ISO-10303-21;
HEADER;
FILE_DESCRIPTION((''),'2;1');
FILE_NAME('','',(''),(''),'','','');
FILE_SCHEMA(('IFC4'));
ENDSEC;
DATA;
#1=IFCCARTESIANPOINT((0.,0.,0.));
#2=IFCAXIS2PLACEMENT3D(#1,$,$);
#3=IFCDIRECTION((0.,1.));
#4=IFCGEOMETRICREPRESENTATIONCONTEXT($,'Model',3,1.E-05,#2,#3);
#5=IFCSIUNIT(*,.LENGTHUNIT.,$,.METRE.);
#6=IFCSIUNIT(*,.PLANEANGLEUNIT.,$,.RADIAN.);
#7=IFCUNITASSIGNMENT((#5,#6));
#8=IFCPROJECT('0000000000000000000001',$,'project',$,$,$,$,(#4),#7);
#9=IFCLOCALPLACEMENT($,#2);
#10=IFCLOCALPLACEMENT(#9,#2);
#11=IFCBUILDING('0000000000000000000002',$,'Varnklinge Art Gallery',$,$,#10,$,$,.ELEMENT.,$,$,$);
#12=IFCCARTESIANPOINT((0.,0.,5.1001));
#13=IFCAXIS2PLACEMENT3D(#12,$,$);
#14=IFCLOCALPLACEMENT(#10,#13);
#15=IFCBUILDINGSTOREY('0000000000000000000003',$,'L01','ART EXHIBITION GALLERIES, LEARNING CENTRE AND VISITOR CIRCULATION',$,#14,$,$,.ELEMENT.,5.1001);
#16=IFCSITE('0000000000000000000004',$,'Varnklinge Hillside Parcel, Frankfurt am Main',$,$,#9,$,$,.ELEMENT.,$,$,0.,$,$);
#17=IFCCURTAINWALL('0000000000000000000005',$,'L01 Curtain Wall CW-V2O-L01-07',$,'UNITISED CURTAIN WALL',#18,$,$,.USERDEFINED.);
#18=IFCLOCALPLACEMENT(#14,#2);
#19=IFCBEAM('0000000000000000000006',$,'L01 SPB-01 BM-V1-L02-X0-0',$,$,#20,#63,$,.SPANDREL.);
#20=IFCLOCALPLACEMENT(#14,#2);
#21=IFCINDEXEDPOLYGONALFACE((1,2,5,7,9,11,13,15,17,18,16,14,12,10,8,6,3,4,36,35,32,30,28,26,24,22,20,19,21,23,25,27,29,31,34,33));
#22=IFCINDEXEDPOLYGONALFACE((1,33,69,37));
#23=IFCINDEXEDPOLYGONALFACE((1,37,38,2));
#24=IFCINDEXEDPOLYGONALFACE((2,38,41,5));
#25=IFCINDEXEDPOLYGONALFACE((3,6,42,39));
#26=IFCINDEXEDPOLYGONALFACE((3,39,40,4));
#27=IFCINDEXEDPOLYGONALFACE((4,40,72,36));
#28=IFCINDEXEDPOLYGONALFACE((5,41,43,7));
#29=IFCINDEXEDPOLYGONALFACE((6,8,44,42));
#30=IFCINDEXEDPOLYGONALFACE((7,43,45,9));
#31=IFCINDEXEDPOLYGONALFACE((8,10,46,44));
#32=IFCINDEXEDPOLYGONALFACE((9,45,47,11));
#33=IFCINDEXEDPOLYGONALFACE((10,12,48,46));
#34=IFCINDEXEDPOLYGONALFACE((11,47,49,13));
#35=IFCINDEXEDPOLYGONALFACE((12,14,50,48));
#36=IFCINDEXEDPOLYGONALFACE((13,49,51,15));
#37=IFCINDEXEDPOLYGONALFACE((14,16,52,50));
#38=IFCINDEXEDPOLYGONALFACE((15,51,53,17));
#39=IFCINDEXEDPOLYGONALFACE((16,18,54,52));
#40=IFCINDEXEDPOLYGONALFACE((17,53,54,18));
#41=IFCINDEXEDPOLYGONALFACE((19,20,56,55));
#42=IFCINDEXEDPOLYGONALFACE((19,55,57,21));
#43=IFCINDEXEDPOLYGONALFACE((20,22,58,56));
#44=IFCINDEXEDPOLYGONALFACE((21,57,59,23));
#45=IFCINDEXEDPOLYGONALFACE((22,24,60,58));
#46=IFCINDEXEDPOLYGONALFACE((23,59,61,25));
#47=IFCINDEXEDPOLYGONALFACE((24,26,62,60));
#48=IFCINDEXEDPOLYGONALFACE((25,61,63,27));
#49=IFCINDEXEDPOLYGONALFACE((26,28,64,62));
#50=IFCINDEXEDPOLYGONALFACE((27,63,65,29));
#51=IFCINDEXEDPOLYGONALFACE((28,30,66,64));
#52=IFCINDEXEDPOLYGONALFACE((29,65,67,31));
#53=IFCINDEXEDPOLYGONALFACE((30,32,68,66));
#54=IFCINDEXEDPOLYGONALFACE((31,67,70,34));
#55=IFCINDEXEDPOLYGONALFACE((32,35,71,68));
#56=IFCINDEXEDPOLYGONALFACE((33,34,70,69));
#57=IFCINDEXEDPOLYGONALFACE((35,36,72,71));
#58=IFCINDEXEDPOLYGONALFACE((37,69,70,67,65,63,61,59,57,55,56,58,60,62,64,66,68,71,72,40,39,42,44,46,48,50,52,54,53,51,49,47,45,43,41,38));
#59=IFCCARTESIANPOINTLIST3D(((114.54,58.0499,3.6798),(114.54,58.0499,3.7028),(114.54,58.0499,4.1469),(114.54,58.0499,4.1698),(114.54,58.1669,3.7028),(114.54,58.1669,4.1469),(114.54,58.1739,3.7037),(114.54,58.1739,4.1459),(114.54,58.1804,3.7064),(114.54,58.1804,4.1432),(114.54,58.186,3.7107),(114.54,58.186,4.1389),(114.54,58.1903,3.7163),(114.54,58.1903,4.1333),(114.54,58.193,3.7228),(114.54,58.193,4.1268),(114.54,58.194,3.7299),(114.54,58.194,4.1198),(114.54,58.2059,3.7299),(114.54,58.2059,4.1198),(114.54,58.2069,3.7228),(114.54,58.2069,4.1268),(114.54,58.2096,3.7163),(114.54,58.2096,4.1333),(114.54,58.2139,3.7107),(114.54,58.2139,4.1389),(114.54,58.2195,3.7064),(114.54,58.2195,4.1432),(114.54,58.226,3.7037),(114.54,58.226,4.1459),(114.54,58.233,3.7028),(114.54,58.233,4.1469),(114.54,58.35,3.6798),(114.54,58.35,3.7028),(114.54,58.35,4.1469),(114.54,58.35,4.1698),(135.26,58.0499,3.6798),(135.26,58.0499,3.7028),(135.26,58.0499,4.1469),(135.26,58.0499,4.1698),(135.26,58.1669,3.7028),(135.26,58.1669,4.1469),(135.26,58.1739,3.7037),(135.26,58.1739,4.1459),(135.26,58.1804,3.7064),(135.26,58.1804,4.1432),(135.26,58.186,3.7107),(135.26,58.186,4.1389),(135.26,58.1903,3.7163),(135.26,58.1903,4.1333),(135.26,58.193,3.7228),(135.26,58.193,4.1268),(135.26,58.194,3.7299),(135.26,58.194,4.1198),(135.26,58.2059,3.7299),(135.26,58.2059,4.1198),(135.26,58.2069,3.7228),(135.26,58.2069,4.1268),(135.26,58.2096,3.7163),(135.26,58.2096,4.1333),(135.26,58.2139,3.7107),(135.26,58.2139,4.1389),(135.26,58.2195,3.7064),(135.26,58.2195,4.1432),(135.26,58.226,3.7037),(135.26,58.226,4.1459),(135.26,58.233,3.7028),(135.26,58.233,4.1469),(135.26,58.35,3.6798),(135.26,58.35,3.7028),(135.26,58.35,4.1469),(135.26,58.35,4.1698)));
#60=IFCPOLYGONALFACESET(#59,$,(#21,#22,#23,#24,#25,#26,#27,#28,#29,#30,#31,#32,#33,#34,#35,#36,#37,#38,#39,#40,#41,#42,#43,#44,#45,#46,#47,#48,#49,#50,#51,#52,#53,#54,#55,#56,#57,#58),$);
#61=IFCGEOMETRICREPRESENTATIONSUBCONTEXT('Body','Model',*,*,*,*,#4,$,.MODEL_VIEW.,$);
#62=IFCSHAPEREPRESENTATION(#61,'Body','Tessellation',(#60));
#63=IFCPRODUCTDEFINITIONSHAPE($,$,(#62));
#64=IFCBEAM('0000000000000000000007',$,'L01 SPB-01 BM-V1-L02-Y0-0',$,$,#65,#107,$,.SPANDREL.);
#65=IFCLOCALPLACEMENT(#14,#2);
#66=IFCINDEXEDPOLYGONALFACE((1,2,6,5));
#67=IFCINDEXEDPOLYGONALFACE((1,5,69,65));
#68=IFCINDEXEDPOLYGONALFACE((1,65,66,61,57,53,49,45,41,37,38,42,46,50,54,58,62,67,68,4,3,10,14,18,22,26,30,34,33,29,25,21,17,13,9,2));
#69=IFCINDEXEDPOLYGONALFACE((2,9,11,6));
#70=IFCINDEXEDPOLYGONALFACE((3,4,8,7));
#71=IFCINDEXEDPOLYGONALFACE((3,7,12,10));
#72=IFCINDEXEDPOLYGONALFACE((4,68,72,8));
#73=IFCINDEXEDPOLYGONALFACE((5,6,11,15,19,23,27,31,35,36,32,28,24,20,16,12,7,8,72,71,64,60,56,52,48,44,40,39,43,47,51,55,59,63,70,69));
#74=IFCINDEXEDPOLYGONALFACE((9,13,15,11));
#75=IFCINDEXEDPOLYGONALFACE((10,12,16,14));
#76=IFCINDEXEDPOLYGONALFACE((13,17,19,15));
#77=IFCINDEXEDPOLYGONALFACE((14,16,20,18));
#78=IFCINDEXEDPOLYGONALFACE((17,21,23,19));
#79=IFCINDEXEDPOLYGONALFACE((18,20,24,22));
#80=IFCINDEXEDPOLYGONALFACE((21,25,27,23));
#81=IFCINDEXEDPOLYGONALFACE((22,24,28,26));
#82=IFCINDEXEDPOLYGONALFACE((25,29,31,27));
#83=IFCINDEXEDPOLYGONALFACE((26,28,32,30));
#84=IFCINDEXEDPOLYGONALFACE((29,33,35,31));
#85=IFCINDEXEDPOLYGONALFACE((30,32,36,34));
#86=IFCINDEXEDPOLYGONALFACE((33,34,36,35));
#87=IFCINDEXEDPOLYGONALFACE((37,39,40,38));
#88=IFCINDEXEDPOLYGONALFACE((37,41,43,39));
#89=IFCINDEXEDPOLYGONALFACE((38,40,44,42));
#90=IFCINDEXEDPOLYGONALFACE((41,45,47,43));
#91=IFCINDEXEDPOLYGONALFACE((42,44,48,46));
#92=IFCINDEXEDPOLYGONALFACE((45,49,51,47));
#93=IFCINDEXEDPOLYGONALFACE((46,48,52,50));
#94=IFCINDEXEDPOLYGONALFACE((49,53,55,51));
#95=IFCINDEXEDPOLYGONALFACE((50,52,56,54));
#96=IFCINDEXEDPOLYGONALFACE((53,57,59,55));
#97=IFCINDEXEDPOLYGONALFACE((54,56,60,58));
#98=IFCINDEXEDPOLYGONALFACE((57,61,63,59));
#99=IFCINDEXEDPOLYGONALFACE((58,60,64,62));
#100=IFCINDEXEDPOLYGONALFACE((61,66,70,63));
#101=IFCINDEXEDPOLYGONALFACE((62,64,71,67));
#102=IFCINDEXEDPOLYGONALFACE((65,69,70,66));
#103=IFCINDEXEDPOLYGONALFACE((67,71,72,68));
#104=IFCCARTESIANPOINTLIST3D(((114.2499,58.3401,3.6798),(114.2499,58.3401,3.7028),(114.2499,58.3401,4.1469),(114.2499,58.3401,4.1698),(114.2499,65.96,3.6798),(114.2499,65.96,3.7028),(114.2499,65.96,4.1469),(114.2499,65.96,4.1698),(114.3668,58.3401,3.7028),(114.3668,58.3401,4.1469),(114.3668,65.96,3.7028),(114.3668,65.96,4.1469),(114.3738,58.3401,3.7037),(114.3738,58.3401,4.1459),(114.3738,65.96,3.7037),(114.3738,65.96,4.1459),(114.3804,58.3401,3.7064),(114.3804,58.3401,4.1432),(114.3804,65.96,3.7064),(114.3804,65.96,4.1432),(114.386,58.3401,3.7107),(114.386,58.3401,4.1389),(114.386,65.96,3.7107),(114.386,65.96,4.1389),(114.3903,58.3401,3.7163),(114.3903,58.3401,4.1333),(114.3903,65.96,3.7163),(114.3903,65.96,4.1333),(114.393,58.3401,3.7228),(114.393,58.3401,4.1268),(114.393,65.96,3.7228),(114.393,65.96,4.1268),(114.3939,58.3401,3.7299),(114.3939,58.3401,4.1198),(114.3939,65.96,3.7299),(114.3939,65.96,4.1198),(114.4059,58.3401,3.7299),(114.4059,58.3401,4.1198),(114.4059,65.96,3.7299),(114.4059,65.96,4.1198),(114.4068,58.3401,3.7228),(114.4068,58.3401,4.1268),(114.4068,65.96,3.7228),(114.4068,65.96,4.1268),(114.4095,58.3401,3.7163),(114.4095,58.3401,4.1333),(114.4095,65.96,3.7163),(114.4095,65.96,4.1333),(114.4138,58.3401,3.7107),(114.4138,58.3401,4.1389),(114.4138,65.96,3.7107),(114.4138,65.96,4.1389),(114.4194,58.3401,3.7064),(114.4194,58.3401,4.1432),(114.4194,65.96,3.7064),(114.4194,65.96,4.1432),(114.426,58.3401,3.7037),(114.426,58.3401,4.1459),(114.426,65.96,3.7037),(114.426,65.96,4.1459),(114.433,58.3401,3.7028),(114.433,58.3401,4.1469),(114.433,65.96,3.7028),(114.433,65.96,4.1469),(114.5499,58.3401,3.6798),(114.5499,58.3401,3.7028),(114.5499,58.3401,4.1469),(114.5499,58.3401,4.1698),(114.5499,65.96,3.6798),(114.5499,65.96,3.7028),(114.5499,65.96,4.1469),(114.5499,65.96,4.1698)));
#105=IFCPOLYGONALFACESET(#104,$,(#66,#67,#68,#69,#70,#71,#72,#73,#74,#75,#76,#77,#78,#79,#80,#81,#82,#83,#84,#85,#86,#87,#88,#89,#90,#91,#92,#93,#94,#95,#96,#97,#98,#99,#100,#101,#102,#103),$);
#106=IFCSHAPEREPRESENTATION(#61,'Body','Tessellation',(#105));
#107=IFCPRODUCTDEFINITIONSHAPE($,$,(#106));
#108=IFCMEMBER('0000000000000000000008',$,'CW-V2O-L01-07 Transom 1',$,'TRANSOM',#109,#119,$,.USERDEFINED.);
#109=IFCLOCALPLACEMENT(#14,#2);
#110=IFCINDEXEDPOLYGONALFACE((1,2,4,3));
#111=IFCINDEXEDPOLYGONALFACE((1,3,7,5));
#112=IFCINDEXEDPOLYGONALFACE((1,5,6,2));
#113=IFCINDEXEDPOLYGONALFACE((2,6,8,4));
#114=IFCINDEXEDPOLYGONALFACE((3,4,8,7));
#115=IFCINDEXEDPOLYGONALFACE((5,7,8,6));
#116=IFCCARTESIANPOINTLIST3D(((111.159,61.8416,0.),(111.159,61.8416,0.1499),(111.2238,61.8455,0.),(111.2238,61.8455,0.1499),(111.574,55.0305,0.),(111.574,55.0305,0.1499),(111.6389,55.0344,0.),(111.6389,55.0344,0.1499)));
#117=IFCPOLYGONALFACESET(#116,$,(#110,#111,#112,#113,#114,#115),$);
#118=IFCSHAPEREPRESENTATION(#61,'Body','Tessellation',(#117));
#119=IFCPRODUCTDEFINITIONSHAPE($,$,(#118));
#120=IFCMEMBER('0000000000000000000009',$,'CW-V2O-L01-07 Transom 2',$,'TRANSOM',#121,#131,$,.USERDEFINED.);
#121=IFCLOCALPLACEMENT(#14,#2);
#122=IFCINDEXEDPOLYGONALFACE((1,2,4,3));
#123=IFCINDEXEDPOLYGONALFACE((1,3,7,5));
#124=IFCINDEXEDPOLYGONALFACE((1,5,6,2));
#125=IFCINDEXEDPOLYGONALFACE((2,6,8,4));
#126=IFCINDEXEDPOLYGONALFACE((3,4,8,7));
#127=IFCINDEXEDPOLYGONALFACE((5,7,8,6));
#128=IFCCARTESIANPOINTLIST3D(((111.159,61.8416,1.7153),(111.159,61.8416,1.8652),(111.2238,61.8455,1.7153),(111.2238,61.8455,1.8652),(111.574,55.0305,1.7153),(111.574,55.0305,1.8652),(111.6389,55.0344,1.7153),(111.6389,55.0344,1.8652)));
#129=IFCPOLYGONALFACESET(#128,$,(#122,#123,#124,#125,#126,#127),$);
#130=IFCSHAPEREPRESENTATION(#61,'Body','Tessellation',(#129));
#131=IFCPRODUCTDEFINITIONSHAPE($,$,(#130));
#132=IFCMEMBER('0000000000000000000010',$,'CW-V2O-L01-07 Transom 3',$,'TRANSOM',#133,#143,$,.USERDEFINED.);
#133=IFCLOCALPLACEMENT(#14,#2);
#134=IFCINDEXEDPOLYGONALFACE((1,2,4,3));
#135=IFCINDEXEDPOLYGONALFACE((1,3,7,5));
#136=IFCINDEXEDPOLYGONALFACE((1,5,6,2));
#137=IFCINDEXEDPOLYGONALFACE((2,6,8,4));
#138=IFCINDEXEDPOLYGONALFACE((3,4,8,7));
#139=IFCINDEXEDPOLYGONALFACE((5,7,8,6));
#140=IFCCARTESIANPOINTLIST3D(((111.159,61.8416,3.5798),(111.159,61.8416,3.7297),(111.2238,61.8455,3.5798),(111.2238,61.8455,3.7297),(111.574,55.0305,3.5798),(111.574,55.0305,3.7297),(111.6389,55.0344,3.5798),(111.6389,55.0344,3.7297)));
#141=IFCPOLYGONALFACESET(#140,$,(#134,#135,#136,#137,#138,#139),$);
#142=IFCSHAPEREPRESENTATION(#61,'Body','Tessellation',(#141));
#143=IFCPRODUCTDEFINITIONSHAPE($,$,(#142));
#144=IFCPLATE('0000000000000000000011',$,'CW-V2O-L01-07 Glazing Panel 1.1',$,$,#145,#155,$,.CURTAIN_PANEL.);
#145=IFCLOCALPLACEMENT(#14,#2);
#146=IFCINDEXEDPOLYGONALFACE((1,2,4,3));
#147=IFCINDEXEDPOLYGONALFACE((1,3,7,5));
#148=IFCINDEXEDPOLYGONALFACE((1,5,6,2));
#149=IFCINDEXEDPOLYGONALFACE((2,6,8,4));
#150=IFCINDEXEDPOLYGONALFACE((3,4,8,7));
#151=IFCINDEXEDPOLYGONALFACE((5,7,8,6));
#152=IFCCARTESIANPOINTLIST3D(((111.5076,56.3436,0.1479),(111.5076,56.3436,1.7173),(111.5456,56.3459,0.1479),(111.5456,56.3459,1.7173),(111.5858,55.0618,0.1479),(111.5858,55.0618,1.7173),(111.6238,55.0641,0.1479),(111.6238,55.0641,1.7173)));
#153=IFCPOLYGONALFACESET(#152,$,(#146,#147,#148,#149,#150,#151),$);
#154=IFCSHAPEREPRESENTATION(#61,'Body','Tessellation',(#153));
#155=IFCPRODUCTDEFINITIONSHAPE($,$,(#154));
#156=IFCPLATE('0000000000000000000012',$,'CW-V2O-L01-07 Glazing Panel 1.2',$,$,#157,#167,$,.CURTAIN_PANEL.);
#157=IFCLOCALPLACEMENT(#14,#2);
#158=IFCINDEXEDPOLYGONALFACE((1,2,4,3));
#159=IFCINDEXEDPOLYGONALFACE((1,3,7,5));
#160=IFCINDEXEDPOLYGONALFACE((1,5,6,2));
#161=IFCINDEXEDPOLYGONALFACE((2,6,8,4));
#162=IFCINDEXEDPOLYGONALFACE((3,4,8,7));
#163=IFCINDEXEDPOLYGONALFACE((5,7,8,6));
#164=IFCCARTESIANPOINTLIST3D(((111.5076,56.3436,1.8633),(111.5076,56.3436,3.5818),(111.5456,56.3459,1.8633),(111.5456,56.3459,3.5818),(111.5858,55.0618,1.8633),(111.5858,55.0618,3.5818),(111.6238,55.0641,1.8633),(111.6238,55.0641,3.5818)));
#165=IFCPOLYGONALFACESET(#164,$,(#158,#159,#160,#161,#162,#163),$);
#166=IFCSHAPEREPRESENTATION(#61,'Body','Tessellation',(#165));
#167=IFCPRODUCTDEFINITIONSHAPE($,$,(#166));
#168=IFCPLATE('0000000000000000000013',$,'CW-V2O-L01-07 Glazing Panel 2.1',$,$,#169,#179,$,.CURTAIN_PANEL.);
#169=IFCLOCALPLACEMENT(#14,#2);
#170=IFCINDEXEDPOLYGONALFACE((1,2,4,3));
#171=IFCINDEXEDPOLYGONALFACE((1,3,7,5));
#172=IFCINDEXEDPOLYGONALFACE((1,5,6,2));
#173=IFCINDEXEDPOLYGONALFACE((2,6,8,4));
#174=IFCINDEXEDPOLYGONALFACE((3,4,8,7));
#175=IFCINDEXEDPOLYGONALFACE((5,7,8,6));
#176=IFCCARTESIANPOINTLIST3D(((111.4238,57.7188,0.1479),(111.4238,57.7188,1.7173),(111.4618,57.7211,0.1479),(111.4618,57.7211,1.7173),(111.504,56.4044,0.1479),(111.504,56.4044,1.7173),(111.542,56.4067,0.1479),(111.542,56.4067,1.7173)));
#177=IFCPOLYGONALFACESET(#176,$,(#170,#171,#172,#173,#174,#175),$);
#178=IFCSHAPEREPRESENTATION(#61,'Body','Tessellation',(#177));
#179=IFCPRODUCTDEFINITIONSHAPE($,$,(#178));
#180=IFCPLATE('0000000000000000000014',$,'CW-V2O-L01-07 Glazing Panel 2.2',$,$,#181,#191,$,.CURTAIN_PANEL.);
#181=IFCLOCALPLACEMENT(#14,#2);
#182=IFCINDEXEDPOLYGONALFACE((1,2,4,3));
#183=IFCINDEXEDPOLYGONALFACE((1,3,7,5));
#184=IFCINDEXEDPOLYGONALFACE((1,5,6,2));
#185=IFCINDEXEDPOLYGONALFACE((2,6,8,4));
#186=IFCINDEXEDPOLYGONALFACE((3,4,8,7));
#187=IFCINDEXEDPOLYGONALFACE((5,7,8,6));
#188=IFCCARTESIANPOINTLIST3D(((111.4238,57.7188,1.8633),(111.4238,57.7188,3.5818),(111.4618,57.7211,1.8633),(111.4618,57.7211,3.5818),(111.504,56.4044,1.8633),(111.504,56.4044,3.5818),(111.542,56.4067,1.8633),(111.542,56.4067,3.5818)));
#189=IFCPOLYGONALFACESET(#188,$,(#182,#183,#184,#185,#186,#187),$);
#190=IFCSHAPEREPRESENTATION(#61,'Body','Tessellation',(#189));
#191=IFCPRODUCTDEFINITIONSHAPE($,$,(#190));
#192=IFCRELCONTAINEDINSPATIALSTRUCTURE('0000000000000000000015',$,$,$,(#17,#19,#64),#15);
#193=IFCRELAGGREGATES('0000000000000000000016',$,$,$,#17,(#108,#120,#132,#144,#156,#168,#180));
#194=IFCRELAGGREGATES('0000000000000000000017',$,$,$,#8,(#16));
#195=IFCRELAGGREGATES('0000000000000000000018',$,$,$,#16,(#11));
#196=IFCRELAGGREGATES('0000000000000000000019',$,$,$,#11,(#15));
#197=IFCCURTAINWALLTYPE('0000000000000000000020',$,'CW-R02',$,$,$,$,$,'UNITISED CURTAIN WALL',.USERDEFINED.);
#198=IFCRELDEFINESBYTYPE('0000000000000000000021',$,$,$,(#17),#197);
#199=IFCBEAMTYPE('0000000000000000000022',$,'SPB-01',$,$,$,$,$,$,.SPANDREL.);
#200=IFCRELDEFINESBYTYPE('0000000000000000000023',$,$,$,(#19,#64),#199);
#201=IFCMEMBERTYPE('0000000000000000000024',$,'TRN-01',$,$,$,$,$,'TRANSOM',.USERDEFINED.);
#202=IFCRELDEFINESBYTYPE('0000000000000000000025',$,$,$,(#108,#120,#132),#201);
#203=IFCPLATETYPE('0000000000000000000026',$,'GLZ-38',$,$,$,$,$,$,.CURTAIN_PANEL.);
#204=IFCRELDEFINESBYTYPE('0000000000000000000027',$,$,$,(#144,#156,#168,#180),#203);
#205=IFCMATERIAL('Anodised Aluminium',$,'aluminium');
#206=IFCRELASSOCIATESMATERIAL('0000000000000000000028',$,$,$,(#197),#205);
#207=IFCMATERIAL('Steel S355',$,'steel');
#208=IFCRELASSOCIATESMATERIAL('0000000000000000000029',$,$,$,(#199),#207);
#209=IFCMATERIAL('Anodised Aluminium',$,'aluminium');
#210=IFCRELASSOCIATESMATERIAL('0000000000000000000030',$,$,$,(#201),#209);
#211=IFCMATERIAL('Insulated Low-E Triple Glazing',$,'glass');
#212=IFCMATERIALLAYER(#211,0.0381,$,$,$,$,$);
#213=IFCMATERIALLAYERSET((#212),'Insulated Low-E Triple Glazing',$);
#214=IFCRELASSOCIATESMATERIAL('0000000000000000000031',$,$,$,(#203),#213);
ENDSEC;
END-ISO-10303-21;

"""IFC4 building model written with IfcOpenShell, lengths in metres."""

from ifc_helpers import new_model, si_unit, direction, frame, origin, origin_2d, place, context, subcontext, project, spatial, rectangle, i_section, extrude, material, layer, layer_set, material_profile, profile_set, type_object, element, aggregate, save


model = new_model("IFC4")

# Units and contexts
model_context = context("Model", 3, precision=1e-05, world=origin(), true_north=direction((0.0, 1.0)))
body_context = subcontext(model_context, "Body", "Model", "MODEL_VIEW")
ifc_project = project(units=[si_unit("LENGTHUNIT", "METRE"), si_unit("PLANEANGLEUNIT", "RADIAN")], contexts=[model_context])

# Site, building, storey
site_placement = place(None, origin())
site = spatial("IfcSite", under=ifc_project, at=site_placement, Name="Varnklinge Hillside Parcel, Frankfurt am Main", CompositionType="ELEMENT", RefElevation=0.0)
building_placement = place(site_placement, origin())
building = spatial("IfcBuilding", under=site, at=building_placement, Name="Varnklinge Art Gallery", CompositionType="ELEMENT")
storey_placement = place(building_placement, frame((0.0, 0.0, 5.1001)))
storey = spatial("IfcBuildingStorey", under=building, at=storey_placement, Name="L01", Description="ART EXHIBITION GALLERIES, LEARNING CENTRE AND VISITOR CIRCULATION", CompositionType="ELEMENT", Elevation=5.1001)

# Curtain wall
ifc_material_1 = material(Name="Anodised Aluminium", Category="aluminium")
curtain_wall_type = type_object("IfcCurtainWallType", Name="CW-R02", ElementType="UNITISED CURTAIN WALL", PredefinedType="USERDEFINED", material=ifc_material_1)
curtain_wall_placement = place(storey_placement, origin())
curtain_wall = element("IfcCurtainWall", 1, at=curtain_wall_placement, inside=storey, type_object=curtain_wall_type, Name="L01 Curtain Wall CW-V2O-L01-07", ObjectType="UNITISED CURTAIN WALL", PredefinedType="USERDEFINED")

# Beams
ifc_material_2 = material(Name="Steel S355", Category="steel")
ifc_material_profile_1 = material_profile(ifc_material_2, i_section(OverallWidth=0.3, OverallDepth=0.49, WebThickness=0.012, FlangeThickness=0.0229, FilletRadius=0.0271, at=origin_2d()), Name="HEA 500")
ifc_profile_set_1 = profile_set([ifc_material_profile_1], Name="Steel S355")
beam_type = type_object("IfcBeamType", Name="SPB-01", PredefinedType="SPANDREL", material=ifc_profile_set_1)
beam_1_placement = place(storey_placement, frame((114.54, 58.2, 3.9248), z_axis=(1.0, 0.0, 0.0), x_axis=(0.0, 1.0, 0.0)))
element("IfcBeam", 2, at=beam_1_placement, inside=storey, type_object=beam_type, Name="L01 SPB-01 BM-V1-L02-X0-0", PredefinedType="SPANDREL", context=body_context, shape_type="SweptSolid", body=[
    extrude(i_section(OverallWidth=0.3, OverallDepth=0.49, WebThickness=0.012, FlangeThickness=0.0229, FilletRadius=0.0271, at=origin_2d()), origin(), (0.0, 0.0, 1.0), 20.72),
])
beam_2_placement = place(storey_placement, frame((114.3999, 58.3401, 3.9248), z_axis=(0.0, 1.0, 0.0), x_axis=(-1.0, 0.0, 0.0)))
element("IfcBeam", 3, at=beam_2_placement, inside=storey, type_object=beam_type, Name="L01 SPB-01 BM-V1-L02-Y0-0", PredefinedType="SPANDREL", context=body_context, shape_type="SweptSolid", body=[
    extrude(i_section(OverallWidth=0.3, OverallDepth=0.49, WebThickness=0.012, FlangeThickness=0.0229, FilletRadius=0.0271, at=origin_2d()), origin(), (0.0, 0.0, 1.0), 7.6199),
])

# Members
ifc_material_3 = material(Name="Anodised Aluminium", Category="aluminium")
ifc_material_profile_2 = material_profile(ifc_material_3, rectangle(XDim=0.0649, YDim=0.1499, at=origin_2d()), Name="ALU 65x150")
ifc_profile_set_2 = profile_set([ifc_material_profile_2], Name="Anodised Aluminium")
member_type_1 = type_object("IfcMemberType", Name="TRN-01", ElementType="TRANSOM", PredefinedType="USERDEFINED", material=ifc_profile_set_2)
member_1_placement = place(storey_placement, frame((111.6064, 55.0325, 0.075), z_axis=(-0.060823, 0.998149, 0.0), x_axis=(-0.998149, -0.060823, 0.0)))
member_1 = element("IfcMember", 4, at=member_1_placement, type_object=member_type_1, Name="CW-V2O-L01-07 Transom 1", ObjectType="TRANSOM", PredefinedType="USERDEFINED", context=body_context, shape_type="SweptSolid", body=[
    extrude(rectangle(XDim=0.0649, YDim=0.1499, at=origin_2d()), origin(), (0.0, 0.0, 1.0), 6.8237),
])
member_2_placement = place(storey_placement, frame((111.6064, 55.0325, 1.7903), z_axis=(-0.060823, 0.998149, 0.0), x_axis=(-0.998149, -0.060823, 0.0)))
member_2 = element("IfcMember", 5, at=member_2_placement, type_object=member_type_1, Name="CW-V2O-L01-07 Transom 2", ObjectType="TRANSOM", PredefinedType="USERDEFINED", context=body_context, shape_type="SweptSolid", body=[
    extrude(rectangle(XDim=0.0649, YDim=0.1499, at=origin_2d()), origin(), (0.0, 0.0, 1.0), 6.8237),
])
member_3_placement = place(storey_placement, frame((111.6064, 55.0325, 3.6548), z_axis=(-0.060823, 0.998149, 0.0), x_axis=(-0.998149, -0.060823, 0.0)))
member_3 = element("IfcMember", 6, at=member_3_placement, type_object=member_type_1, Name="CW-V2O-L01-07 Transom 3", ObjectType="TRANSOM", PredefinedType="USERDEFINED", context=body_context, shape_type="SweptSolid", body=[
    extrude(rectangle(XDim=0.0649, YDim=0.1499, at=origin_2d()), origin(), (0.0, 0.0, 1.0), 6.8237),
])

# Plates
ifc_material_4 = material(Name="Insulated Low-E Triple Glazing", Category="glass")
ifc_layer_1 = layer(ifc_material_4, 0.0381)
ifc_layer_set_1 = layer_set([ifc_layer_1], Name="Insulated Low-E Triple Glazing")
plate_type_1 = type_object("IfcPlateType", Name="GLZ-38", PredefinedType="CURTAIN_PANEL", material=ifc_layer_set_1)
plate_1_placement = place(storey_placement, frame((111.5657, 55.7039, 0.1479), z_axis=(0.0, 0.0, 1.0), x_axis=(-0.060874, 0.998145, 0.0)))
plate_1 = element("IfcPlate", 7, at=plate_1_placement, type_object=plate_type_1, Name="CW-V2O-L01-07 Glazing Panel 1.1", PredefinedType="CURTAIN_PANEL", context=body_context, shape_type="SweptSolid", body=[
    extrude(rectangle(XDim=1.2842, YDim=0.0381, at=origin_2d()), origin(), (0.0, 0.0, 1.0), 1.5693),
])
plate_2_placement = place(storey_placement, frame((111.5657, 55.7039, 1.8633), z_axis=(0.0, 0.0, 1.0), x_axis=(-0.060874, 0.998145, 0.0)))
plate_2 = element("IfcPlate", 8, at=plate_2_placement, type_object=plate_type_1, Name="CW-V2O-L01-07 Glazing Panel 1.2", PredefinedType="CURTAIN_PANEL", context=body_context, shape_type="SweptSolid", body=[
    extrude(rectangle(XDim=1.2842, YDim=0.0381, at=origin_2d()), origin(), (0.0, 0.0, 1.0), 1.7185),
])
plate_3_placement = place(storey_placement, frame((111.4829, 57.0627, 0.1479), z_axis=(0.0, 0.0, 1.0), x_axis=(-0.060874, 0.998145, 0.0)))
plate_3 = element("IfcPlate", 9, at=plate_3_placement, type_object=plate_type_1, Name="CW-V2O-L01-07 Glazing Panel 2.1", PredefinedType="CURTAIN_PANEL", context=body_context, shape_type="SweptSolid", body=[
    extrude(rectangle(XDim=1.3169, YDim=0.0381, at=origin_2d()), origin(), (0.0, 0.0, 1.0), 1.5693),
])
plate_4_placement = place(storey_placement, frame((111.4829, 57.0627, 1.8633), z_axis=(0.0, 0.0, 1.0), x_axis=(-0.060874, 0.998145, 0.0)))
plate_4 = element("IfcPlate", 10, at=plate_4_placement, type_object=plate_type_1, Name="CW-V2O-L01-07 Glazing Panel 2.2", PredefinedType="CURTAIN_PANEL", context=body_context, shape_type="SweptSolid", body=[
    extrude(rectangle(XDim=1.3169, YDim=0.0381, at=origin_2d()), origin(), (0.0, 0.0, 1.0), 1.7185),
])
aggregate(curtain_wall, [member_1, member_2, member_3, plate_1, plate_2, plate_3, plate_4])

save(model, "model.ifc")
